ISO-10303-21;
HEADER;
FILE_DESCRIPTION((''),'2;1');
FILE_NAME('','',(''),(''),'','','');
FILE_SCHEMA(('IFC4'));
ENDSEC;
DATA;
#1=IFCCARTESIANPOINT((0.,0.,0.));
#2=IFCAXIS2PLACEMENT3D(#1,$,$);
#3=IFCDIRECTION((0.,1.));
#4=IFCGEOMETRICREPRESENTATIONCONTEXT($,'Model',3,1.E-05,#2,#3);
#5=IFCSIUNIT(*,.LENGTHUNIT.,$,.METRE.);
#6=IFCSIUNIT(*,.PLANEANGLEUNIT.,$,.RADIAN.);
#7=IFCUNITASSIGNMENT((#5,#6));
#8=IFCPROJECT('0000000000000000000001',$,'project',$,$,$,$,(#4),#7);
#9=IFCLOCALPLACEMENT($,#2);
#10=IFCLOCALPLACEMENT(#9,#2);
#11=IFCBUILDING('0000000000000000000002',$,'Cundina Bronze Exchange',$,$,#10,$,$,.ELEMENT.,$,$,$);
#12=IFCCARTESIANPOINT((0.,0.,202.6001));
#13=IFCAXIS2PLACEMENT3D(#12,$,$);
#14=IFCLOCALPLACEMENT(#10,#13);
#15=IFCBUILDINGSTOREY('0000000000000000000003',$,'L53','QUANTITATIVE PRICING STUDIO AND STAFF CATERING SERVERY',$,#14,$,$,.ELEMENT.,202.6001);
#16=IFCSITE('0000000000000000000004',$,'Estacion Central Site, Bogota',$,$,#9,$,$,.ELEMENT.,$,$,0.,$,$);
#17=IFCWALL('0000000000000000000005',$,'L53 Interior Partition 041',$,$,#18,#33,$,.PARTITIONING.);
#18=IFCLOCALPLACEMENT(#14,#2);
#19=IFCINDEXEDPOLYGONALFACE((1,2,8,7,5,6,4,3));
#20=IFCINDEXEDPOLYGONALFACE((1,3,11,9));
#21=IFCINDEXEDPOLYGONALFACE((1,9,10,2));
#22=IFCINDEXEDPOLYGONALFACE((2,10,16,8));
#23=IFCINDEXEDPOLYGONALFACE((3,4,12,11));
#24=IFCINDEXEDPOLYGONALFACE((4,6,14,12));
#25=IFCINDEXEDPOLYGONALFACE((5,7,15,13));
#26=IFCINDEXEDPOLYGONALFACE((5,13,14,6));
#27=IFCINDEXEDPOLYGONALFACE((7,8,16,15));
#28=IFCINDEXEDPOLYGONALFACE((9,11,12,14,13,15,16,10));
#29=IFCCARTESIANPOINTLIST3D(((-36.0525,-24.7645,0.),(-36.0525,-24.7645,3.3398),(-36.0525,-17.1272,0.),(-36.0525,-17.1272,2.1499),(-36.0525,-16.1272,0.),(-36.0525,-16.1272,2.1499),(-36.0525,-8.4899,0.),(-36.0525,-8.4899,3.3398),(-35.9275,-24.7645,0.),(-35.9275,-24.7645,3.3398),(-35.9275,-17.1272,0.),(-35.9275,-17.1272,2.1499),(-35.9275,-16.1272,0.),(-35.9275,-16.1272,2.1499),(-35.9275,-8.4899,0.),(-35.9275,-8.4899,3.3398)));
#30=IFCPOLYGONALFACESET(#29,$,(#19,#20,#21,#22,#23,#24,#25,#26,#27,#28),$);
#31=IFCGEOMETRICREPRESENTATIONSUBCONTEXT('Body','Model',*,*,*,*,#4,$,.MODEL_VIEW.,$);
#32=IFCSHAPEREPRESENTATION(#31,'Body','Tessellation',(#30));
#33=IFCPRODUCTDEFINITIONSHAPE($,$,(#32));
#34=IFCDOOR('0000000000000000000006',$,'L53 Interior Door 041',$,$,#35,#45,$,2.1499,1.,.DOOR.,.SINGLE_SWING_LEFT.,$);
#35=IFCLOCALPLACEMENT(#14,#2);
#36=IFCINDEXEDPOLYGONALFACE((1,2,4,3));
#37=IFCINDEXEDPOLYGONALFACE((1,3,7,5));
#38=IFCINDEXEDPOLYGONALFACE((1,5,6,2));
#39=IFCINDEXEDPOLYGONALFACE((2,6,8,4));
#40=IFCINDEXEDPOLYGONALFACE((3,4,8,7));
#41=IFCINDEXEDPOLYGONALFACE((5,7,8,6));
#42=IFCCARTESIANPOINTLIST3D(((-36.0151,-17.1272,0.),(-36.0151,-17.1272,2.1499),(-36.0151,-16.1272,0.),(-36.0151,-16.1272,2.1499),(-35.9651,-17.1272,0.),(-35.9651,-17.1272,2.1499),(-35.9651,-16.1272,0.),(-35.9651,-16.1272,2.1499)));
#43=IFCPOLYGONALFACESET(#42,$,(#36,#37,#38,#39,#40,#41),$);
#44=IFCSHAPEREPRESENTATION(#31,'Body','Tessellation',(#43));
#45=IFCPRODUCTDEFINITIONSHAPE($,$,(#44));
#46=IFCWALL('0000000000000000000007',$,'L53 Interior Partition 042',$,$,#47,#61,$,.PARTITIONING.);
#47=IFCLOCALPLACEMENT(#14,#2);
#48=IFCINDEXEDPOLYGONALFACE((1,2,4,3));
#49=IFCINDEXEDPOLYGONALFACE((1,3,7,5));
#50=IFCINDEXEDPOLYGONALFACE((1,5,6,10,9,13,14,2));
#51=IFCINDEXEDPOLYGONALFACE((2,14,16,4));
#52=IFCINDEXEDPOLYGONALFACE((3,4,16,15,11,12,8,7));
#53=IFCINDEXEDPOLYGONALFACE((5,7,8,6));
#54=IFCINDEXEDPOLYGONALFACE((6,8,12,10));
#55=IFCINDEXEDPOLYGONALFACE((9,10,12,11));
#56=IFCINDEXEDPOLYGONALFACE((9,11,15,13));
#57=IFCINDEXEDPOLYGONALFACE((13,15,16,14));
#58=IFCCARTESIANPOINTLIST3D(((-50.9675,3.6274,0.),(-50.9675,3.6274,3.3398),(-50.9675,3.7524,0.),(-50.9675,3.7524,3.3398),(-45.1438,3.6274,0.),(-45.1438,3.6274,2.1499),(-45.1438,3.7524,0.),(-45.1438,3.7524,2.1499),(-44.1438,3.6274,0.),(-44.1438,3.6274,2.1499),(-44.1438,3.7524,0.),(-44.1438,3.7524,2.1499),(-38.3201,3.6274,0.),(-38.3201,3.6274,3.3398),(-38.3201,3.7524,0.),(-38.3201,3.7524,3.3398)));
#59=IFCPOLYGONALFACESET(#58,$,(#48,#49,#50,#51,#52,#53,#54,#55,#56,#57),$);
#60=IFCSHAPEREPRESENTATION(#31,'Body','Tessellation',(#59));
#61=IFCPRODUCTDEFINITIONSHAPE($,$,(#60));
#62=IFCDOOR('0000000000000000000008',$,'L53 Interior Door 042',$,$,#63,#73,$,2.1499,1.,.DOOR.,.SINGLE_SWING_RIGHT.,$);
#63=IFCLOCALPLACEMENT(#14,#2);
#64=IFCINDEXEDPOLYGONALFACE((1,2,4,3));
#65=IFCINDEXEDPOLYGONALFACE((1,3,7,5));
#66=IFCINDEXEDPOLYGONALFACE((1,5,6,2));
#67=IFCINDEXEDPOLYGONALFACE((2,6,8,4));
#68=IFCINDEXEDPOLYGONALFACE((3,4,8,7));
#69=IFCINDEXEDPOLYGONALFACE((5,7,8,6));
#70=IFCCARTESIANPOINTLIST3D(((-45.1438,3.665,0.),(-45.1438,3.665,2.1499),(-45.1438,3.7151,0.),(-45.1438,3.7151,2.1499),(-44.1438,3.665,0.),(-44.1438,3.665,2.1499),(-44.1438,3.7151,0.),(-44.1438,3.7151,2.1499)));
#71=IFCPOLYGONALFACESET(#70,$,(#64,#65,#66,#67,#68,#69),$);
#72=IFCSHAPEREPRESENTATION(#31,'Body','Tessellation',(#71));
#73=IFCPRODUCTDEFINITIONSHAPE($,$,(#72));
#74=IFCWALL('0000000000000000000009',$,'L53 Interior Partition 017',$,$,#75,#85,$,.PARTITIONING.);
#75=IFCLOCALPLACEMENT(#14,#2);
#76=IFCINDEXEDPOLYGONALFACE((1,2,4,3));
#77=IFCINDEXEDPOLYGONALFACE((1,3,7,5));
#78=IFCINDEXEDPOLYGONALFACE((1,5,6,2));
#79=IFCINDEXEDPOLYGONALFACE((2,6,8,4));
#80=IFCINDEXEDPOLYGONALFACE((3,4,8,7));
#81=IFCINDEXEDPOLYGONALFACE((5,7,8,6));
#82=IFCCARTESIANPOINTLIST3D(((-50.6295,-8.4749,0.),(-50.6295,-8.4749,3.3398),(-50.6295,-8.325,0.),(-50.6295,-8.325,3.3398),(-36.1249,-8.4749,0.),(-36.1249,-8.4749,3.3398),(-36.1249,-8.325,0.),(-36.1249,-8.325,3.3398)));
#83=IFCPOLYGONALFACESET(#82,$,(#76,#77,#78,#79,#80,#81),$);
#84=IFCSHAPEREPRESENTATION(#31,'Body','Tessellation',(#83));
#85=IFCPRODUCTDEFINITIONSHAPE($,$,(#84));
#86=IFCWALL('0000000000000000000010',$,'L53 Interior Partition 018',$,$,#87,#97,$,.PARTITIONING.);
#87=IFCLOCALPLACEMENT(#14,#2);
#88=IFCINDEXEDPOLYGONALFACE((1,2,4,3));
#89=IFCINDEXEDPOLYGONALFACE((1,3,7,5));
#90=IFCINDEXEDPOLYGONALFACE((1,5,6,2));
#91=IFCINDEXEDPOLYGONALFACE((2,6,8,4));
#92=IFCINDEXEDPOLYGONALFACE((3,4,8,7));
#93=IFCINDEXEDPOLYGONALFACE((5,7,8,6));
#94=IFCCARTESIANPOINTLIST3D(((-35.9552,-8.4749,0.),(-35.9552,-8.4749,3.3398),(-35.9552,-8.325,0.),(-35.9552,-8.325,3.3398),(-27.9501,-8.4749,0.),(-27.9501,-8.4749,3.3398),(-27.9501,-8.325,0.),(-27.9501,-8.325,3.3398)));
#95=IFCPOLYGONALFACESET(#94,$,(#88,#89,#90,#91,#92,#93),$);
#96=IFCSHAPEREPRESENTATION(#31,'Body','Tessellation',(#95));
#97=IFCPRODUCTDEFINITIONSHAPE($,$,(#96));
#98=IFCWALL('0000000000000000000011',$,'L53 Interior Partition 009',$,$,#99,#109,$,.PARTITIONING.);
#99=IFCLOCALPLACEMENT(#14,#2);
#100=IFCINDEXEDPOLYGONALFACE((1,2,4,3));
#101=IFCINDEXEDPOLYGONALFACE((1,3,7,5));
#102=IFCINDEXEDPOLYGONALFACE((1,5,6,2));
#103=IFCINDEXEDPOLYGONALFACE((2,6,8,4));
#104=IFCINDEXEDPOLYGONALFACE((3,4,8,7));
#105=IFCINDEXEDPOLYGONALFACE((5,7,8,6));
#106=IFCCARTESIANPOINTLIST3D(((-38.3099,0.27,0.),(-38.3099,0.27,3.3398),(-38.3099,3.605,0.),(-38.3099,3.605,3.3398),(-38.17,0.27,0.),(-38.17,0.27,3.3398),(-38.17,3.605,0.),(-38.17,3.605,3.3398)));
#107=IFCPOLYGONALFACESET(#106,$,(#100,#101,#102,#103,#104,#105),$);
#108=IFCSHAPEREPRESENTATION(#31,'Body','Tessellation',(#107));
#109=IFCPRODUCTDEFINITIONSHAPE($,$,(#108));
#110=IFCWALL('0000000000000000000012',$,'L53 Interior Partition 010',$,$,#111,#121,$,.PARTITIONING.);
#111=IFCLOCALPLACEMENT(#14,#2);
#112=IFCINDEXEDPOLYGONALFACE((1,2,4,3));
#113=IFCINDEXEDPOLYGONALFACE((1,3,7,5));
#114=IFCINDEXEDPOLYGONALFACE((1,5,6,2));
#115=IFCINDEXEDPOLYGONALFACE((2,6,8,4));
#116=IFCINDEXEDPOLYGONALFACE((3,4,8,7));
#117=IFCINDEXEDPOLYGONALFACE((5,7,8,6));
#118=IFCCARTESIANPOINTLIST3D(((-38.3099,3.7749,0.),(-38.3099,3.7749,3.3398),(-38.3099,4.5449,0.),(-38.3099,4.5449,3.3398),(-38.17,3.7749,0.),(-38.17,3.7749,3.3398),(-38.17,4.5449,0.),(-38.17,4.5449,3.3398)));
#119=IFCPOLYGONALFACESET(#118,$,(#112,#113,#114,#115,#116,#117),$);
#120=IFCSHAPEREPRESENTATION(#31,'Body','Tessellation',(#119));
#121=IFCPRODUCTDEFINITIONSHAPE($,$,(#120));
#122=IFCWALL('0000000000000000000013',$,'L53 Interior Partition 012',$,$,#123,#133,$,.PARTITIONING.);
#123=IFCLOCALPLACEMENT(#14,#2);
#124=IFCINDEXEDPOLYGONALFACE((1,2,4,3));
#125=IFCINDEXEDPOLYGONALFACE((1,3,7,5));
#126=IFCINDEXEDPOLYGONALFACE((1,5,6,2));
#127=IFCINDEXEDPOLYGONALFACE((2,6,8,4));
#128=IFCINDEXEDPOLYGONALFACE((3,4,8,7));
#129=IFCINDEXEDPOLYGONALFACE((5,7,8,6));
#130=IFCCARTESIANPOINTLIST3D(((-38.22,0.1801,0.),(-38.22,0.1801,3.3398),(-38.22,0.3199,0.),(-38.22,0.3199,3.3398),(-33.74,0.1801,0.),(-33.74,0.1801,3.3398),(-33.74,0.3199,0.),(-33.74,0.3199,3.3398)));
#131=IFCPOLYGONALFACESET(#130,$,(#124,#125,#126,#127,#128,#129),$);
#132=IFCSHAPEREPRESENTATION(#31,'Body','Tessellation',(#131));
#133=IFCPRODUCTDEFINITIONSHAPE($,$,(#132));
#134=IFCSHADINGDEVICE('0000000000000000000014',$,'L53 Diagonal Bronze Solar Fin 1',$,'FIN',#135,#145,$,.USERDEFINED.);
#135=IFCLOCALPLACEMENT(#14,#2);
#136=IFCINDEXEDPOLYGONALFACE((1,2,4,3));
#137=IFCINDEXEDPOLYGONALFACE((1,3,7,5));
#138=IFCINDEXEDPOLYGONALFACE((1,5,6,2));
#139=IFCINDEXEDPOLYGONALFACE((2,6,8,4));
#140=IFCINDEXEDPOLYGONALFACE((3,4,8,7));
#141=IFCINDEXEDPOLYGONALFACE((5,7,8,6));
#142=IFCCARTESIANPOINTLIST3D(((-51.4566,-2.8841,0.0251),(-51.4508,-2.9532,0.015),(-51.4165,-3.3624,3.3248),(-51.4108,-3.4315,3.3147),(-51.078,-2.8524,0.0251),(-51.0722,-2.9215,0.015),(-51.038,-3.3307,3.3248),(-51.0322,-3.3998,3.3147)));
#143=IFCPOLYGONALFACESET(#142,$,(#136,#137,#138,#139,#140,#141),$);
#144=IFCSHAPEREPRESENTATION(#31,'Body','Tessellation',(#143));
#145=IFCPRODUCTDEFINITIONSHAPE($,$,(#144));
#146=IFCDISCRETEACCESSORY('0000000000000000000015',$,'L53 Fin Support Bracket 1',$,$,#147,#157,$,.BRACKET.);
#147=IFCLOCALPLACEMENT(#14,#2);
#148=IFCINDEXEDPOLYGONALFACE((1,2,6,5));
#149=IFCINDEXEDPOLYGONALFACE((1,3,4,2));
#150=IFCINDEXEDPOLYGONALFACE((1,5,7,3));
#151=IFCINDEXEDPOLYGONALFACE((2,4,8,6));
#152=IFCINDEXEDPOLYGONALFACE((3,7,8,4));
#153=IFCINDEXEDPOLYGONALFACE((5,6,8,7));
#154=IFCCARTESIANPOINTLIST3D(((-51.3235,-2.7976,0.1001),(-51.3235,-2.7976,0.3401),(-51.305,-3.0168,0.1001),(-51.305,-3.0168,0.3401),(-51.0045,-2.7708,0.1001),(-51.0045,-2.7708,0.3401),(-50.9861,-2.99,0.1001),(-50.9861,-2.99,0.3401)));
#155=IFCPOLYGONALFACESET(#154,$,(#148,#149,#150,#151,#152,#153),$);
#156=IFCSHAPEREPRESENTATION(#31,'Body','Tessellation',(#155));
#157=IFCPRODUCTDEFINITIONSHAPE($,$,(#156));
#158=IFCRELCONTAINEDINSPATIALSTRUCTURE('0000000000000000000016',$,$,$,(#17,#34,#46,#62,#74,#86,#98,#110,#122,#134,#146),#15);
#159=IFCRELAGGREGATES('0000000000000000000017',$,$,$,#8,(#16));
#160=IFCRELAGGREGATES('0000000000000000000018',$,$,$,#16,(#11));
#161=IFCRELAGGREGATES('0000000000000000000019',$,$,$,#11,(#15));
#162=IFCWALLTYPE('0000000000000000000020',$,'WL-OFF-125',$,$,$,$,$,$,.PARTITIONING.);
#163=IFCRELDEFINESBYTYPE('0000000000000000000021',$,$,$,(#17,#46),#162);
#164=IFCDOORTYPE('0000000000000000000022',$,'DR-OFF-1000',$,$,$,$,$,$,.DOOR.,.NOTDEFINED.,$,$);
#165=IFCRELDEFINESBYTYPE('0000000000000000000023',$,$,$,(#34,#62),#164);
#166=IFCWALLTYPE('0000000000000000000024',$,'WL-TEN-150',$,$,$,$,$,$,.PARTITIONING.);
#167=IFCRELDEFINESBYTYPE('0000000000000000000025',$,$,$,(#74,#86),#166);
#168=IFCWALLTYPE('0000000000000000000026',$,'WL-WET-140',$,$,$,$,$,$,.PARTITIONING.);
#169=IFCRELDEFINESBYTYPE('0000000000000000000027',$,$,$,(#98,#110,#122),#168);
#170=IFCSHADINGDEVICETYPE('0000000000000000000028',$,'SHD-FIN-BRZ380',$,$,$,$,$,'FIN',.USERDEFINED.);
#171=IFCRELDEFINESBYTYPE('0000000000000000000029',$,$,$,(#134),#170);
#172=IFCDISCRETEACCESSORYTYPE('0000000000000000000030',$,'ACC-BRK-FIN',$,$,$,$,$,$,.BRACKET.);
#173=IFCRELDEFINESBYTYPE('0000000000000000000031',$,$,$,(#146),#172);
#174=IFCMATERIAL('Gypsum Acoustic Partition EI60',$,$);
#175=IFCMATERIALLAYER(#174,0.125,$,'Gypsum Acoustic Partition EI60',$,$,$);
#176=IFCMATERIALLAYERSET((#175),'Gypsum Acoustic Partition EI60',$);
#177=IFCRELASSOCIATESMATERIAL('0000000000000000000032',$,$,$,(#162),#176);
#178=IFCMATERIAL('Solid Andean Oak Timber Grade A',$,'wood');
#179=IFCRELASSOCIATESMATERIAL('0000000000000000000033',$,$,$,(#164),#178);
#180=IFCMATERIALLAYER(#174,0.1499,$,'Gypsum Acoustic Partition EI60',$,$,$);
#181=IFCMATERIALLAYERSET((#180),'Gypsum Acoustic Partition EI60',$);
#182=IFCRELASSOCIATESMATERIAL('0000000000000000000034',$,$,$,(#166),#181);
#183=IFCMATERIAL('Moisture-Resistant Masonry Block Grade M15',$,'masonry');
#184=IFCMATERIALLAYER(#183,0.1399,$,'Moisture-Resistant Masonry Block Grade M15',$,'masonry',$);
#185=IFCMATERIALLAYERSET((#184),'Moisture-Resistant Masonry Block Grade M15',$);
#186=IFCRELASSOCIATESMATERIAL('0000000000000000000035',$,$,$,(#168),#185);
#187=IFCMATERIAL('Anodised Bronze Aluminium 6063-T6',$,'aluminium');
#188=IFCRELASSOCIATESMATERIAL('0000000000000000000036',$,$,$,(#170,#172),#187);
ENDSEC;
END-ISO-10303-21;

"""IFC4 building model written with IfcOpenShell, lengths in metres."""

from ifc_helpers import new_model, si_unit, direction, frame, frame_2d, origin, origin_2d, place, context, subcontext, project, spatial, rectangle, extrude, material, layer, layer_set, material_profile, profile_set, type_object, element, fill, save


model = new_model("IFC4")

# Units and contexts
model_context = context("Model", 3, precision=1e-05, world=origin(), true_north=direction((0.0, 1.0)))
body_context = subcontext(model_context, "Body", "Model", "MODEL_VIEW")
ifc_project = project(units=[si_unit("LENGTHUNIT", "METRE"), si_unit("PLANEANGLEUNIT", "RADIAN")], contexts=[model_context])

# Site, building, storey
site_placement = place(None, origin())
site = spatial("IfcSite", under=ifc_project, at=site_placement, Name="Estacion Central Site, Bogota", CompositionType="ELEMENT", RefElevation=0.0)
building_placement = place(site_placement, origin())
building = spatial("IfcBuilding", under=site, at=building_placement, Name="Cundina Bronze Exchange", CompositionType="ELEMENT")
storey_placement = place(building_placement, frame((0.0, 0.0, 202.6001)))
storey = spatial("IfcBuildingStorey", under=building, at=storey_placement, Name="L53", Description="QUANTITATIVE PRICING STUDIO AND STAFF CATERING SERVERY", CompositionType="ELEMENT", Elevation=202.6001)

# Shared definitions
ifc_material_1 = material(Name="Anodised Bronze Aluminium 6063-T6", Category="aluminium")

# Shared definitions
ifc_material_2 = material(Name="Solid Andean Oak Timber Grade A", Category="wood")

# Walls, openings, doors
ifc_material_3 = material(Name="Gypsum Acoustic Partition EI60")
ifc_layer_1 = layer(ifc_material_3, 0.125, Name="Gypsum Acoustic Partition EI60")
ifc_layer_set_1 = layer_set([ifc_layer_1], Name="Gypsum Acoustic Partition EI60")
wall_type_1 = type_object("IfcWallType", Name="WL-OFF-125", PredefinedType="PARTITIONING", material=ifc_layer_set_1)
wall_1_placement = place(storey_placement, frame((-35.99, -8.49, 0.0), z_axis=(0.0, 0.0, 1.0), x_axis=(0.0, -1.0, 0.0)))
wall_1 = element("IfcWall", 1, at=wall_1_placement, inside=storey, type_object=wall_type_1, Name="L53 Interior Partition 041", PredefinedType="PARTITIONING", context=body_context, shape_type="SweptSolid", body=[
    extrude(rectangle(XDim=16.2747, YDim=0.125, at=frame_2d((8.1372, 0.0))), origin(), (0.0, 0.0, 1.0), 3.3398),
])
opening_1_placement = place(wall_1_placement, frame((7.6372, 0.0, 0.0)))
opening_1 = element("IfcOpeningElement", 2, at=opening_1_placement, cuts=wall_1, PredefinedType="OPENING", context=body_context, shape_type="SweptSolid", body=[
    extrude(rectangle(XDim=1.0, YDim=2.1499, at=frame_2d((0.5, 1.075))), frame((0.0, 0.0725, 0.0), z_axis=(0.0, -1.0, 0.0), x_axis=(1.0, 0.0, 0.0)), (0.0, 0.0, 1.0), 0.145),
])
door_type_1 = type_object("IfcDoorType", Name="DR-OFF-1000", OperationType="NOTDEFINED", PredefinedType="DOOR", material=ifc_material_2)
door_1_placement = place(opening_1_placement, origin())
door_1 = element("IfcDoor", 3, at=door_1_placement, inside=storey, type_object=door_type_1, Name="L53 Interior Door 041", OperationType="SINGLE_SWING_LEFT", OverallHeight=2.1499, OverallWidth=1.0, PredefinedType="DOOR", context=body_context, shape_type="SweptSolid", body=[
    extrude(rectangle(XDim=1.0, YDim=2.1499, at=frame_2d((0.5, 1.075))), frame((0.0, 0.0249, 0.0), z_axis=(0.0, -1.0, 0.0), x_axis=(1.0, 0.0, 0.0)), (0.0, 0.0, 1.0), 0.05),
])
fill(opening_1, door_1)
wall_2_placement = place(storey_placement, frame((-38.3201, 3.6899, 0.0), z_axis=(0.0, 0.0, 1.0), x_axis=(-1.0, 0.0, 0.0)))
wall_2 = element("IfcWall", 4, at=wall_2_placement, inside=storey, type_object=wall_type_1, Name="L53 Interior Partition 042", PredefinedType="PARTITIONING", context=body_context, shape_type="SweptSolid", body=[
    extrude(rectangle(XDim=12.6475, YDim=0.125, at=frame_2d((6.3237, 0.0))), origin(), (0.0, 0.0, 1.0), 3.3398),
])
opening_2_placement = place(wall_2_placement, frame((5.8237, 0.0, 0.0)))
opening_2 = element("IfcOpeningElement", 5, at=opening_2_placement, cuts=wall_2, PredefinedType="OPENING", context=body_context, shape_type="SweptSolid", body=[
    extrude(rectangle(XDim=1.0, YDim=2.1499, at=frame_2d((0.5, 1.075))), frame((0.0, 0.0725, 0.0), z_axis=(0.0, -1.0, 0.0), x_axis=(1.0, 0.0, 0.0)), (0.0, 0.0, 1.0), 0.145),
])
door_2_placement = place(opening_2_placement, origin())
door_2 = element("IfcDoor", 6, at=door_2_placement, inside=storey, type_object=door_type_1, Name="L53 Interior Door 042", OperationType="SINGLE_SWING_RIGHT", OverallHeight=2.1499, OverallWidth=1.0, PredefinedType="DOOR", context=body_context, shape_type="SweptSolid", body=[
    extrude(rectangle(XDim=1.0, YDim=2.1499, at=frame_2d((0.5, 1.075))), frame((0.0, 0.0249, 0.0), z_axis=(0.0, -1.0, 0.0), x_axis=(1.0, 0.0, 0.0)), (0.0, 0.0, 1.0), 0.05),
])
fill(opening_2, door_2)

# Walls
ifc_layer_2 = layer(ifc_material_3, 0.1499, Name="Gypsum Acoustic Partition EI60")
ifc_layer_set_2 = layer_set([ifc_layer_2], Name="Gypsum Acoustic Partition EI60")
wall_type_2 = type_object("IfcWallType", Name="WL-TEN-150", PredefinedType="PARTITIONING", material=ifc_layer_set_2)
wall_3_placement = place(storey_placement, frame((-50.6296, -8.3999, 0.0), z_axis=(0.0, 0.0, 1.0), x_axis=(1.0, 0.0, 0.0)))
element("IfcWall", 7, at=wall_3_placement, inside=storey, type_object=wall_type_2, Name="L53 Interior Partition 017", PredefinedType="PARTITIONING", context=body_context, shape_type="SweptSolid", body=[
    extrude(rectangle(XDim=14.5046, YDim=0.1499, at=frame_2d((7.2524, 0.0))), origin(), (0.0, 0.0, 1.0), 3.3398),
])
wall_4_placement = place(storey_placement, frame((-35.9551, -8.3999, 0.0), z_axis=(0.0, 0.0, 1.0), x_axis=(1.0, 0.0, 0.0)))
element("IfcWall", 8, at=wall_4_placement, inside=storey, type_object=wall_type_2, Name="L53 Interior Partition 018", PredefinedType="PARTITIONING", context=body_context, shape_type="SweptSolid", body=[
    extrude(rectangle(XDim=8.0051, YDim=0.1499, at=frame_2d((4.0024, 0.0))), origin(), (0.0, 0.0, 1.0), 3.3398),
])
ifc_material_4 = material(Name="Moisture-Resistant Masonry Block Grade M15", Category="masonry")
ifc_layer_3 = layer(ifc_material_4, 0.1399, Name="Moisture-Resistant Masonry Block Grade M15", Category="masonry")
ifc_layer_set_3 = layer_set([ifc_layer_3], Name="Moisture-Resistant Masonry Block Grade M15")
wall_type_3 = type_object("IfcWallType", Name="WL-WET-140", PredefinedType="PARTITIONING", material=ifc_layer_set_3)
wall_5_placement = place(storey_placement, frame((-38.24, 0.27, 0.0), z_axis=(0.0, 0.0, 1.0), x_axis=(0.0, 1.0, 0.0)))
element("IfcWall", 9, at=wall_5_placement, inside=storey, type_object=wall_type_3, Name="L53 Interior Partition 009", PredefinedType="PARTITIONING", context=body_context, shape_type="SweptSolid", body=[
    extrude(rectangle(XDim=3.335, YDim=0.1399, at=frame_2d((1.6675, 0.0))), origin(), (0.0, 0.0, 1.0), 3.3398),
])
wall_6_placement = place(storey_placement, frame((-38.24, 3.7749, 0.0), z_axis=(0.0, 0.0, 1.0), x_axis=(0.0, 1.0, 0.0)))
element("IfcWall", 10, at=wall_6_placement, inside=storey, type_object=wall_type_3, Name="L53 Interior Partition 010", PredefinedType="PARTITIONING", context=body_context, shape_type="SweptSolid", body=[
    extrude(rectangle(XDim=0.77, YDim=0.1399, at=frame_2d((0.385, 0.0))), origin(), (0.0, 0.0, 1.0), 3.3398),
])
wall_7_placement = place(storey_placement, frame((-38.22, 0.25, 0.0), z_axis=(0.0, 0.0, 1.0), x_axis=(1.0, 0.0, 0.0)))
element("IfcWall", 11, at=wall_7_placement, inside=storey, type_object=wall_type_3, Name="L53 Interior Partition 012", PredefinedType="PARTITIONING", context=body_context, shape_type="SweptSolid", body=[
    extrude(rectangle(XDim=4.48, YDim=0.1399, at=frame_2d((2.24, 0.0))), origin(), (0.0, 0.0, 1.0), 3.3398),
])

# Shading device
ifc_material_profile_1 = material_profile(ifc_material_1, rectangle(XDim=0.0701, YDim=0.3799, at=origin_2d()), Name="FIN70X380", Category="aluminium")
ifc_profile_set_1 = profile_set([ifc_material_profile_1], Name="Anodised Bronze Aluminium 6063-T6")
shading_device_type = type_object("IfcShadingDeviceType", Name="SHD-FIN-BRZ380", ElementType="FIN", PredefinedType="USERDEFINED", material=ifc_profile_set_1)
shading_device_placement = place(storey_placement, frame((-51.2644, -2.9028, 0.02), z_axis=(0.012007, -0.14343, 0.989588), x_axis=(-0.082556, 0.986138, 0.143932)))
element("IfcShadingDevice", 12, at=shading_device_placement, inside=storey, type_object=shading_device_type, Name="L53 Diagonal Bronze Solar Fin 1", ObjectType="FIN", PredefinedType="USERDEFINED", context=body_context, shape_type="SweptSolid", body=[
    extrude(rectangle(XDim=0.0701, YDim=0.3799, at=origin_2d()), origin(), (0.0, 0.0, 1.0), 3.3345),
])

# Discrete accessory
discrete_accessory_type = type_object("IfcDiscreteAccessoryType", Name="ACC-BRK-FIN", PredefinedType="BRACKET", material=ifc_material_1)
discrete_accessory_placement = place(storey_placement, frame((-51.1548, -2.8938, 0.1001), z_axis=(0.0, 0.0, 1.0), x_axis=(0.083747, -0.996487, 0.0)))
element("IfcDiscreteAccessory", 13, at=discrete_accessory_placement, inside=storey, type_object=discrete_accessory_type, Name="L53 Fin Support Bracket 1", PredefinedType="BRACKET", context=body_context, shape_type="SweptSolid", body=[
    extrude(rectangle(XDim=0.22, YDim=0.3201, at=origin_2d()), origin(), (0.0, 0.0, 1.0), 0.24),
])

save(model, "model.ifc")
